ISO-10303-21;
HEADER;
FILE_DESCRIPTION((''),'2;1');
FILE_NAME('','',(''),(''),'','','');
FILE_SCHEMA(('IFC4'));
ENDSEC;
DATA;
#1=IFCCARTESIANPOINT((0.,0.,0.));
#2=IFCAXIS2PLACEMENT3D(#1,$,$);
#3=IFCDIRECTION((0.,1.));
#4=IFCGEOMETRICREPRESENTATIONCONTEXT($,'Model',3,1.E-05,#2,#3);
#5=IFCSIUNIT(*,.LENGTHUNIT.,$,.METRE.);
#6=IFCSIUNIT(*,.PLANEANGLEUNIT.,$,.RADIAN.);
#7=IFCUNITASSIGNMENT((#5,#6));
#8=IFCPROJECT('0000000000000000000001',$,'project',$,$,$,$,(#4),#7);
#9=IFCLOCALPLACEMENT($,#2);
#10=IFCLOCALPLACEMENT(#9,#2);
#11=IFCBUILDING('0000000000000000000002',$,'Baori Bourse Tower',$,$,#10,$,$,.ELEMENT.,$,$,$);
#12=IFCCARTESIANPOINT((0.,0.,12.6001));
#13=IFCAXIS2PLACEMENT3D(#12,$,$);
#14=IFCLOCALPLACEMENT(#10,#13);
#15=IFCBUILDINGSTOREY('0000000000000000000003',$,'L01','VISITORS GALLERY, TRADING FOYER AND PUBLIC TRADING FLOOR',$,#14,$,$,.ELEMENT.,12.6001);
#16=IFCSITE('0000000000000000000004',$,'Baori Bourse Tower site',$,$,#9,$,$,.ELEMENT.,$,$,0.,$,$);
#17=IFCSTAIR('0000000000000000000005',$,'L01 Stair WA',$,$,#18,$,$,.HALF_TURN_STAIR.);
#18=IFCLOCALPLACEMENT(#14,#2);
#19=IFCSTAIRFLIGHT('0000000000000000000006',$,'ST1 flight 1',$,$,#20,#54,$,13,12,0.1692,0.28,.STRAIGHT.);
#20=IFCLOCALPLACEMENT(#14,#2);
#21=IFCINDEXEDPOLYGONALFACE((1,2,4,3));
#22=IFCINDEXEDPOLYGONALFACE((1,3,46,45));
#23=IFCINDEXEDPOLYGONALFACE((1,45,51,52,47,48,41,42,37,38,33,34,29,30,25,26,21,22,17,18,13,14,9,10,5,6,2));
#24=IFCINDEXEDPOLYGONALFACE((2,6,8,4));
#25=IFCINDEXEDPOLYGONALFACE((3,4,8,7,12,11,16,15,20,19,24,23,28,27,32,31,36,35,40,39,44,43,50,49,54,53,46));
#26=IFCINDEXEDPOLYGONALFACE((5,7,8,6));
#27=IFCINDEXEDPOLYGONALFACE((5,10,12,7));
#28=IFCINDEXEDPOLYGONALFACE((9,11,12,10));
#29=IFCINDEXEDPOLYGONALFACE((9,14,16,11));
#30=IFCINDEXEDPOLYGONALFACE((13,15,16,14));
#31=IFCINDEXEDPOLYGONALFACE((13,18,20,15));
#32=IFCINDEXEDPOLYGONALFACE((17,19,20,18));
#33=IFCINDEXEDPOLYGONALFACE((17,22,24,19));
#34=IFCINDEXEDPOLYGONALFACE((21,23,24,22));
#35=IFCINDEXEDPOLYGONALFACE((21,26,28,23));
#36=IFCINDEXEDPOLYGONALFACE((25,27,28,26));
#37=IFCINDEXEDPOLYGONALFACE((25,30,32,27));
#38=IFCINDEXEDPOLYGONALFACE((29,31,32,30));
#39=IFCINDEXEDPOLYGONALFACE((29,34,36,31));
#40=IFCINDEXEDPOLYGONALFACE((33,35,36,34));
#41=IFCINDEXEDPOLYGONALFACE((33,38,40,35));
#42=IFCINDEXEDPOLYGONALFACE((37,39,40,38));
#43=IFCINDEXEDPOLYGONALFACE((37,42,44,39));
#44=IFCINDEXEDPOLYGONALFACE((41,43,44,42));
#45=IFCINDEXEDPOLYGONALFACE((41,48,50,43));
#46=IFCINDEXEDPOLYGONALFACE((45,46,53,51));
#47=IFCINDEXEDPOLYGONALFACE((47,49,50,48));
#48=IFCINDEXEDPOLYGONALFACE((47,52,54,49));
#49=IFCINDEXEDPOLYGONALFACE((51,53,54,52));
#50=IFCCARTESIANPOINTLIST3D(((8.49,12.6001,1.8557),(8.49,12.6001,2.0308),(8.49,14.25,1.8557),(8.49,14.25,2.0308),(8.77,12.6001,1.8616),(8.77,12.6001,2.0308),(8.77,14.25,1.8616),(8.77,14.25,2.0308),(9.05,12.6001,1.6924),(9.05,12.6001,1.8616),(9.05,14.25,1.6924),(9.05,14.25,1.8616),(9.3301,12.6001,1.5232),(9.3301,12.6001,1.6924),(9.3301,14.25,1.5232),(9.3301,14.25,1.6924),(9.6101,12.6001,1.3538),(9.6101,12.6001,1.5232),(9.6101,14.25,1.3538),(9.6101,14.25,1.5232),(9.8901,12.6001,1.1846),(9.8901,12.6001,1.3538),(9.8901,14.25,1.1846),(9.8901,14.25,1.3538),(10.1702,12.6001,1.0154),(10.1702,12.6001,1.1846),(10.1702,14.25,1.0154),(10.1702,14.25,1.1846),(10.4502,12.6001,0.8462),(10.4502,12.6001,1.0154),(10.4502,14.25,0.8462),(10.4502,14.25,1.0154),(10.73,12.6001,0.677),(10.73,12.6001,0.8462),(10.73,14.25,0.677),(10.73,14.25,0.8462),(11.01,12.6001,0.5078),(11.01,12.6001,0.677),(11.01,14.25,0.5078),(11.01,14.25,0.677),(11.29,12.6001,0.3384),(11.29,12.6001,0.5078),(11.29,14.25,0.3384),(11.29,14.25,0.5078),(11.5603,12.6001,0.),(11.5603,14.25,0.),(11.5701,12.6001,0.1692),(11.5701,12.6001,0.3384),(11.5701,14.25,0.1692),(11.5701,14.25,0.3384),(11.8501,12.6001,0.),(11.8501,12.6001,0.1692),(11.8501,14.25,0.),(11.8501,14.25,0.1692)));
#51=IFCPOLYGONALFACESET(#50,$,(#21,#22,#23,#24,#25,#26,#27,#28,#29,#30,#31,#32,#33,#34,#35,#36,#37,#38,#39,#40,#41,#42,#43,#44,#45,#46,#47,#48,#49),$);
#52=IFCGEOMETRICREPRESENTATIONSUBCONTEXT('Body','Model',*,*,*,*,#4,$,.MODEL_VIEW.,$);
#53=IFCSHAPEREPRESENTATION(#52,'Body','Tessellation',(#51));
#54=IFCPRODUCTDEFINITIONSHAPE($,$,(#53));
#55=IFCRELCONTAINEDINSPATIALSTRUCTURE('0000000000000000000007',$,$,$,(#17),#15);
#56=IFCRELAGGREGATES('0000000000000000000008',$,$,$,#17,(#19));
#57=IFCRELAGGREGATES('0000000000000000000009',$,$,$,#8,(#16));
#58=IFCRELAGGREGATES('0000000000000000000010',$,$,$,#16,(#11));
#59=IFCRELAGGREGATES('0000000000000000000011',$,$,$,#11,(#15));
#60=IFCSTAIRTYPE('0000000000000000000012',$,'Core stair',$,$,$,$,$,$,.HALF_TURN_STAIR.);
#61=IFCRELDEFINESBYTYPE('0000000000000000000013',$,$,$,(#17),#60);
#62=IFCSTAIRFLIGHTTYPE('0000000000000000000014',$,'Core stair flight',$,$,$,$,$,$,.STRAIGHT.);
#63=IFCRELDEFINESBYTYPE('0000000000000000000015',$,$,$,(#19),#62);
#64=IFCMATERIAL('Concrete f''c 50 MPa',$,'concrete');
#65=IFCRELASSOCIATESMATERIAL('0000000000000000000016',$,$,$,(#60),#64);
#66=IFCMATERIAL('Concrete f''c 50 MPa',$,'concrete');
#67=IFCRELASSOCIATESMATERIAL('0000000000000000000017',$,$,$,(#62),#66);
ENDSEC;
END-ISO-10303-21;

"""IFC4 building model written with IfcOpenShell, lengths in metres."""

from ifc_helpers import new_model, si_unit, direction, frame, origin, place, context, subcontext, project, spatial, polyline, outline, extrude, material, type_object, element, aggregate, save


model = new_model("IFC4")

# Units and contexts
model_context = context("Model", 3, precision=1e-05, world=origin(), true_north=direction((0.0, 1.0)))
body_context = subcontext(model_context, "Body", "Model", "MODEL_VIEW")
ifc_project = project(units=[si_unit("LENGTHUNIT", "METRE"), si_unit("PLANEANGLEUNIT", "RADIAN")], contexts=[model_context])

# Site, building, storey
site_placement = place(None, origin())
site = spatial("IfcSite", under=ifc_project, at=site_placement, Name="Baori Bourse Tower site", CompositionType="ELEMENT", RefElevation=0.0)
building_placement = place(site_placement, origin())
building = spatial("IfcBuilding", under=site, at=building_placement, Name="Baori Bourse Tower", CompositionType="ELEMENT")
storey_placement = place(building_placement, frame((0.0, 0.0, 12.6001)))
storey = spatial("IfcBuildingStorey", under=building, at=storey_placement, Name="L01", Description="VISITORS GALLERY, TRADING FOYER AND PUBLIC TRADING FLOOR", CompositionType="ELEMENT", Elevation=12.6001)

# Stair, stair flight
ifc_material_1 = material(Name="Concrete f'c 50 MPa", Category="concrete")
stair_type = type_object("IfcStairType", Name="Core stair", PredefinedType="HALF_TURN_STAIR", material=ifc_material_1)
stair_placement = place(storey_placement, origin())
stair = element("IfcStair", 1, at=stair_placement, inside=storey, type_object=stair_type, Name="L01 Stair WA", PredefinedType="HALF_TURN_STAIR")
ifc_material_2 = material(Name="Concrete f'c 50 MPa", Category="concrete")
stair_flight_type = type_object("IfcStairFlightType", Name="Core stair flight", PredefinedType="STRAIGHT", material=ifc_material_2)
stair_flight_placement = place(storey_placement, frame((11.8501, 13.425, 0.0), z_axis=(0.0, 0.0, 1.0), x_axis=(-1.0, 0.0, 0.0)))
stair_flight = element("IfcStairFlight", 2, at=stair_flight_placement, type_object=stair_flight_type, Name="ST1 flight 1", NumberOfRisers=13, NumberOfTreads=12, PredefinedType="STRAIGHT", RiserHeight=0.1692, TreadLength=0.28, context=body_context, shape_type="SweptSolid", body=[
    extrude(outline(polyline([(0.0, 0.0), (0.0, 0.1692), (0.28, 0.1692), (0.28, 0.3384), (0.5601, 0.3384), (0.5601, 0.5078), (0.8401, 0.5078), (0.8401, 0.677), (1.1201, 0.677), (1.1201, 0.8462), (1.3999, 0.8462), (1.3999, 1.0154), (1.6799, 1.0154), (1.6799, 1.1846), (1.96, 1.1846), (1.96, 1.3538), (2.24, 1.3538), (2.24, 1.5232), (2.52, 1.5232), (2.52, 1.6924), (2.8, 1.6924), (2.8, 1.8616), (3.0801, 1.8616), (3.0801, 2.0308), (3.3601, 2.0308), (3.3601, 2.2), (3.3601, 1.8557), (0.2898, 0.0), (0.0, 0.0)])), frame((0.0, 0.825, 0.0), z_axis=(0.0, -1.0, 0.0), x_axis=(1.0, 0.0, 0.0)), (0.0, 0.0, 1.0), 1.6499),
])
aggregate(stair, [stair_flight])

save(model, "model.ifc")
